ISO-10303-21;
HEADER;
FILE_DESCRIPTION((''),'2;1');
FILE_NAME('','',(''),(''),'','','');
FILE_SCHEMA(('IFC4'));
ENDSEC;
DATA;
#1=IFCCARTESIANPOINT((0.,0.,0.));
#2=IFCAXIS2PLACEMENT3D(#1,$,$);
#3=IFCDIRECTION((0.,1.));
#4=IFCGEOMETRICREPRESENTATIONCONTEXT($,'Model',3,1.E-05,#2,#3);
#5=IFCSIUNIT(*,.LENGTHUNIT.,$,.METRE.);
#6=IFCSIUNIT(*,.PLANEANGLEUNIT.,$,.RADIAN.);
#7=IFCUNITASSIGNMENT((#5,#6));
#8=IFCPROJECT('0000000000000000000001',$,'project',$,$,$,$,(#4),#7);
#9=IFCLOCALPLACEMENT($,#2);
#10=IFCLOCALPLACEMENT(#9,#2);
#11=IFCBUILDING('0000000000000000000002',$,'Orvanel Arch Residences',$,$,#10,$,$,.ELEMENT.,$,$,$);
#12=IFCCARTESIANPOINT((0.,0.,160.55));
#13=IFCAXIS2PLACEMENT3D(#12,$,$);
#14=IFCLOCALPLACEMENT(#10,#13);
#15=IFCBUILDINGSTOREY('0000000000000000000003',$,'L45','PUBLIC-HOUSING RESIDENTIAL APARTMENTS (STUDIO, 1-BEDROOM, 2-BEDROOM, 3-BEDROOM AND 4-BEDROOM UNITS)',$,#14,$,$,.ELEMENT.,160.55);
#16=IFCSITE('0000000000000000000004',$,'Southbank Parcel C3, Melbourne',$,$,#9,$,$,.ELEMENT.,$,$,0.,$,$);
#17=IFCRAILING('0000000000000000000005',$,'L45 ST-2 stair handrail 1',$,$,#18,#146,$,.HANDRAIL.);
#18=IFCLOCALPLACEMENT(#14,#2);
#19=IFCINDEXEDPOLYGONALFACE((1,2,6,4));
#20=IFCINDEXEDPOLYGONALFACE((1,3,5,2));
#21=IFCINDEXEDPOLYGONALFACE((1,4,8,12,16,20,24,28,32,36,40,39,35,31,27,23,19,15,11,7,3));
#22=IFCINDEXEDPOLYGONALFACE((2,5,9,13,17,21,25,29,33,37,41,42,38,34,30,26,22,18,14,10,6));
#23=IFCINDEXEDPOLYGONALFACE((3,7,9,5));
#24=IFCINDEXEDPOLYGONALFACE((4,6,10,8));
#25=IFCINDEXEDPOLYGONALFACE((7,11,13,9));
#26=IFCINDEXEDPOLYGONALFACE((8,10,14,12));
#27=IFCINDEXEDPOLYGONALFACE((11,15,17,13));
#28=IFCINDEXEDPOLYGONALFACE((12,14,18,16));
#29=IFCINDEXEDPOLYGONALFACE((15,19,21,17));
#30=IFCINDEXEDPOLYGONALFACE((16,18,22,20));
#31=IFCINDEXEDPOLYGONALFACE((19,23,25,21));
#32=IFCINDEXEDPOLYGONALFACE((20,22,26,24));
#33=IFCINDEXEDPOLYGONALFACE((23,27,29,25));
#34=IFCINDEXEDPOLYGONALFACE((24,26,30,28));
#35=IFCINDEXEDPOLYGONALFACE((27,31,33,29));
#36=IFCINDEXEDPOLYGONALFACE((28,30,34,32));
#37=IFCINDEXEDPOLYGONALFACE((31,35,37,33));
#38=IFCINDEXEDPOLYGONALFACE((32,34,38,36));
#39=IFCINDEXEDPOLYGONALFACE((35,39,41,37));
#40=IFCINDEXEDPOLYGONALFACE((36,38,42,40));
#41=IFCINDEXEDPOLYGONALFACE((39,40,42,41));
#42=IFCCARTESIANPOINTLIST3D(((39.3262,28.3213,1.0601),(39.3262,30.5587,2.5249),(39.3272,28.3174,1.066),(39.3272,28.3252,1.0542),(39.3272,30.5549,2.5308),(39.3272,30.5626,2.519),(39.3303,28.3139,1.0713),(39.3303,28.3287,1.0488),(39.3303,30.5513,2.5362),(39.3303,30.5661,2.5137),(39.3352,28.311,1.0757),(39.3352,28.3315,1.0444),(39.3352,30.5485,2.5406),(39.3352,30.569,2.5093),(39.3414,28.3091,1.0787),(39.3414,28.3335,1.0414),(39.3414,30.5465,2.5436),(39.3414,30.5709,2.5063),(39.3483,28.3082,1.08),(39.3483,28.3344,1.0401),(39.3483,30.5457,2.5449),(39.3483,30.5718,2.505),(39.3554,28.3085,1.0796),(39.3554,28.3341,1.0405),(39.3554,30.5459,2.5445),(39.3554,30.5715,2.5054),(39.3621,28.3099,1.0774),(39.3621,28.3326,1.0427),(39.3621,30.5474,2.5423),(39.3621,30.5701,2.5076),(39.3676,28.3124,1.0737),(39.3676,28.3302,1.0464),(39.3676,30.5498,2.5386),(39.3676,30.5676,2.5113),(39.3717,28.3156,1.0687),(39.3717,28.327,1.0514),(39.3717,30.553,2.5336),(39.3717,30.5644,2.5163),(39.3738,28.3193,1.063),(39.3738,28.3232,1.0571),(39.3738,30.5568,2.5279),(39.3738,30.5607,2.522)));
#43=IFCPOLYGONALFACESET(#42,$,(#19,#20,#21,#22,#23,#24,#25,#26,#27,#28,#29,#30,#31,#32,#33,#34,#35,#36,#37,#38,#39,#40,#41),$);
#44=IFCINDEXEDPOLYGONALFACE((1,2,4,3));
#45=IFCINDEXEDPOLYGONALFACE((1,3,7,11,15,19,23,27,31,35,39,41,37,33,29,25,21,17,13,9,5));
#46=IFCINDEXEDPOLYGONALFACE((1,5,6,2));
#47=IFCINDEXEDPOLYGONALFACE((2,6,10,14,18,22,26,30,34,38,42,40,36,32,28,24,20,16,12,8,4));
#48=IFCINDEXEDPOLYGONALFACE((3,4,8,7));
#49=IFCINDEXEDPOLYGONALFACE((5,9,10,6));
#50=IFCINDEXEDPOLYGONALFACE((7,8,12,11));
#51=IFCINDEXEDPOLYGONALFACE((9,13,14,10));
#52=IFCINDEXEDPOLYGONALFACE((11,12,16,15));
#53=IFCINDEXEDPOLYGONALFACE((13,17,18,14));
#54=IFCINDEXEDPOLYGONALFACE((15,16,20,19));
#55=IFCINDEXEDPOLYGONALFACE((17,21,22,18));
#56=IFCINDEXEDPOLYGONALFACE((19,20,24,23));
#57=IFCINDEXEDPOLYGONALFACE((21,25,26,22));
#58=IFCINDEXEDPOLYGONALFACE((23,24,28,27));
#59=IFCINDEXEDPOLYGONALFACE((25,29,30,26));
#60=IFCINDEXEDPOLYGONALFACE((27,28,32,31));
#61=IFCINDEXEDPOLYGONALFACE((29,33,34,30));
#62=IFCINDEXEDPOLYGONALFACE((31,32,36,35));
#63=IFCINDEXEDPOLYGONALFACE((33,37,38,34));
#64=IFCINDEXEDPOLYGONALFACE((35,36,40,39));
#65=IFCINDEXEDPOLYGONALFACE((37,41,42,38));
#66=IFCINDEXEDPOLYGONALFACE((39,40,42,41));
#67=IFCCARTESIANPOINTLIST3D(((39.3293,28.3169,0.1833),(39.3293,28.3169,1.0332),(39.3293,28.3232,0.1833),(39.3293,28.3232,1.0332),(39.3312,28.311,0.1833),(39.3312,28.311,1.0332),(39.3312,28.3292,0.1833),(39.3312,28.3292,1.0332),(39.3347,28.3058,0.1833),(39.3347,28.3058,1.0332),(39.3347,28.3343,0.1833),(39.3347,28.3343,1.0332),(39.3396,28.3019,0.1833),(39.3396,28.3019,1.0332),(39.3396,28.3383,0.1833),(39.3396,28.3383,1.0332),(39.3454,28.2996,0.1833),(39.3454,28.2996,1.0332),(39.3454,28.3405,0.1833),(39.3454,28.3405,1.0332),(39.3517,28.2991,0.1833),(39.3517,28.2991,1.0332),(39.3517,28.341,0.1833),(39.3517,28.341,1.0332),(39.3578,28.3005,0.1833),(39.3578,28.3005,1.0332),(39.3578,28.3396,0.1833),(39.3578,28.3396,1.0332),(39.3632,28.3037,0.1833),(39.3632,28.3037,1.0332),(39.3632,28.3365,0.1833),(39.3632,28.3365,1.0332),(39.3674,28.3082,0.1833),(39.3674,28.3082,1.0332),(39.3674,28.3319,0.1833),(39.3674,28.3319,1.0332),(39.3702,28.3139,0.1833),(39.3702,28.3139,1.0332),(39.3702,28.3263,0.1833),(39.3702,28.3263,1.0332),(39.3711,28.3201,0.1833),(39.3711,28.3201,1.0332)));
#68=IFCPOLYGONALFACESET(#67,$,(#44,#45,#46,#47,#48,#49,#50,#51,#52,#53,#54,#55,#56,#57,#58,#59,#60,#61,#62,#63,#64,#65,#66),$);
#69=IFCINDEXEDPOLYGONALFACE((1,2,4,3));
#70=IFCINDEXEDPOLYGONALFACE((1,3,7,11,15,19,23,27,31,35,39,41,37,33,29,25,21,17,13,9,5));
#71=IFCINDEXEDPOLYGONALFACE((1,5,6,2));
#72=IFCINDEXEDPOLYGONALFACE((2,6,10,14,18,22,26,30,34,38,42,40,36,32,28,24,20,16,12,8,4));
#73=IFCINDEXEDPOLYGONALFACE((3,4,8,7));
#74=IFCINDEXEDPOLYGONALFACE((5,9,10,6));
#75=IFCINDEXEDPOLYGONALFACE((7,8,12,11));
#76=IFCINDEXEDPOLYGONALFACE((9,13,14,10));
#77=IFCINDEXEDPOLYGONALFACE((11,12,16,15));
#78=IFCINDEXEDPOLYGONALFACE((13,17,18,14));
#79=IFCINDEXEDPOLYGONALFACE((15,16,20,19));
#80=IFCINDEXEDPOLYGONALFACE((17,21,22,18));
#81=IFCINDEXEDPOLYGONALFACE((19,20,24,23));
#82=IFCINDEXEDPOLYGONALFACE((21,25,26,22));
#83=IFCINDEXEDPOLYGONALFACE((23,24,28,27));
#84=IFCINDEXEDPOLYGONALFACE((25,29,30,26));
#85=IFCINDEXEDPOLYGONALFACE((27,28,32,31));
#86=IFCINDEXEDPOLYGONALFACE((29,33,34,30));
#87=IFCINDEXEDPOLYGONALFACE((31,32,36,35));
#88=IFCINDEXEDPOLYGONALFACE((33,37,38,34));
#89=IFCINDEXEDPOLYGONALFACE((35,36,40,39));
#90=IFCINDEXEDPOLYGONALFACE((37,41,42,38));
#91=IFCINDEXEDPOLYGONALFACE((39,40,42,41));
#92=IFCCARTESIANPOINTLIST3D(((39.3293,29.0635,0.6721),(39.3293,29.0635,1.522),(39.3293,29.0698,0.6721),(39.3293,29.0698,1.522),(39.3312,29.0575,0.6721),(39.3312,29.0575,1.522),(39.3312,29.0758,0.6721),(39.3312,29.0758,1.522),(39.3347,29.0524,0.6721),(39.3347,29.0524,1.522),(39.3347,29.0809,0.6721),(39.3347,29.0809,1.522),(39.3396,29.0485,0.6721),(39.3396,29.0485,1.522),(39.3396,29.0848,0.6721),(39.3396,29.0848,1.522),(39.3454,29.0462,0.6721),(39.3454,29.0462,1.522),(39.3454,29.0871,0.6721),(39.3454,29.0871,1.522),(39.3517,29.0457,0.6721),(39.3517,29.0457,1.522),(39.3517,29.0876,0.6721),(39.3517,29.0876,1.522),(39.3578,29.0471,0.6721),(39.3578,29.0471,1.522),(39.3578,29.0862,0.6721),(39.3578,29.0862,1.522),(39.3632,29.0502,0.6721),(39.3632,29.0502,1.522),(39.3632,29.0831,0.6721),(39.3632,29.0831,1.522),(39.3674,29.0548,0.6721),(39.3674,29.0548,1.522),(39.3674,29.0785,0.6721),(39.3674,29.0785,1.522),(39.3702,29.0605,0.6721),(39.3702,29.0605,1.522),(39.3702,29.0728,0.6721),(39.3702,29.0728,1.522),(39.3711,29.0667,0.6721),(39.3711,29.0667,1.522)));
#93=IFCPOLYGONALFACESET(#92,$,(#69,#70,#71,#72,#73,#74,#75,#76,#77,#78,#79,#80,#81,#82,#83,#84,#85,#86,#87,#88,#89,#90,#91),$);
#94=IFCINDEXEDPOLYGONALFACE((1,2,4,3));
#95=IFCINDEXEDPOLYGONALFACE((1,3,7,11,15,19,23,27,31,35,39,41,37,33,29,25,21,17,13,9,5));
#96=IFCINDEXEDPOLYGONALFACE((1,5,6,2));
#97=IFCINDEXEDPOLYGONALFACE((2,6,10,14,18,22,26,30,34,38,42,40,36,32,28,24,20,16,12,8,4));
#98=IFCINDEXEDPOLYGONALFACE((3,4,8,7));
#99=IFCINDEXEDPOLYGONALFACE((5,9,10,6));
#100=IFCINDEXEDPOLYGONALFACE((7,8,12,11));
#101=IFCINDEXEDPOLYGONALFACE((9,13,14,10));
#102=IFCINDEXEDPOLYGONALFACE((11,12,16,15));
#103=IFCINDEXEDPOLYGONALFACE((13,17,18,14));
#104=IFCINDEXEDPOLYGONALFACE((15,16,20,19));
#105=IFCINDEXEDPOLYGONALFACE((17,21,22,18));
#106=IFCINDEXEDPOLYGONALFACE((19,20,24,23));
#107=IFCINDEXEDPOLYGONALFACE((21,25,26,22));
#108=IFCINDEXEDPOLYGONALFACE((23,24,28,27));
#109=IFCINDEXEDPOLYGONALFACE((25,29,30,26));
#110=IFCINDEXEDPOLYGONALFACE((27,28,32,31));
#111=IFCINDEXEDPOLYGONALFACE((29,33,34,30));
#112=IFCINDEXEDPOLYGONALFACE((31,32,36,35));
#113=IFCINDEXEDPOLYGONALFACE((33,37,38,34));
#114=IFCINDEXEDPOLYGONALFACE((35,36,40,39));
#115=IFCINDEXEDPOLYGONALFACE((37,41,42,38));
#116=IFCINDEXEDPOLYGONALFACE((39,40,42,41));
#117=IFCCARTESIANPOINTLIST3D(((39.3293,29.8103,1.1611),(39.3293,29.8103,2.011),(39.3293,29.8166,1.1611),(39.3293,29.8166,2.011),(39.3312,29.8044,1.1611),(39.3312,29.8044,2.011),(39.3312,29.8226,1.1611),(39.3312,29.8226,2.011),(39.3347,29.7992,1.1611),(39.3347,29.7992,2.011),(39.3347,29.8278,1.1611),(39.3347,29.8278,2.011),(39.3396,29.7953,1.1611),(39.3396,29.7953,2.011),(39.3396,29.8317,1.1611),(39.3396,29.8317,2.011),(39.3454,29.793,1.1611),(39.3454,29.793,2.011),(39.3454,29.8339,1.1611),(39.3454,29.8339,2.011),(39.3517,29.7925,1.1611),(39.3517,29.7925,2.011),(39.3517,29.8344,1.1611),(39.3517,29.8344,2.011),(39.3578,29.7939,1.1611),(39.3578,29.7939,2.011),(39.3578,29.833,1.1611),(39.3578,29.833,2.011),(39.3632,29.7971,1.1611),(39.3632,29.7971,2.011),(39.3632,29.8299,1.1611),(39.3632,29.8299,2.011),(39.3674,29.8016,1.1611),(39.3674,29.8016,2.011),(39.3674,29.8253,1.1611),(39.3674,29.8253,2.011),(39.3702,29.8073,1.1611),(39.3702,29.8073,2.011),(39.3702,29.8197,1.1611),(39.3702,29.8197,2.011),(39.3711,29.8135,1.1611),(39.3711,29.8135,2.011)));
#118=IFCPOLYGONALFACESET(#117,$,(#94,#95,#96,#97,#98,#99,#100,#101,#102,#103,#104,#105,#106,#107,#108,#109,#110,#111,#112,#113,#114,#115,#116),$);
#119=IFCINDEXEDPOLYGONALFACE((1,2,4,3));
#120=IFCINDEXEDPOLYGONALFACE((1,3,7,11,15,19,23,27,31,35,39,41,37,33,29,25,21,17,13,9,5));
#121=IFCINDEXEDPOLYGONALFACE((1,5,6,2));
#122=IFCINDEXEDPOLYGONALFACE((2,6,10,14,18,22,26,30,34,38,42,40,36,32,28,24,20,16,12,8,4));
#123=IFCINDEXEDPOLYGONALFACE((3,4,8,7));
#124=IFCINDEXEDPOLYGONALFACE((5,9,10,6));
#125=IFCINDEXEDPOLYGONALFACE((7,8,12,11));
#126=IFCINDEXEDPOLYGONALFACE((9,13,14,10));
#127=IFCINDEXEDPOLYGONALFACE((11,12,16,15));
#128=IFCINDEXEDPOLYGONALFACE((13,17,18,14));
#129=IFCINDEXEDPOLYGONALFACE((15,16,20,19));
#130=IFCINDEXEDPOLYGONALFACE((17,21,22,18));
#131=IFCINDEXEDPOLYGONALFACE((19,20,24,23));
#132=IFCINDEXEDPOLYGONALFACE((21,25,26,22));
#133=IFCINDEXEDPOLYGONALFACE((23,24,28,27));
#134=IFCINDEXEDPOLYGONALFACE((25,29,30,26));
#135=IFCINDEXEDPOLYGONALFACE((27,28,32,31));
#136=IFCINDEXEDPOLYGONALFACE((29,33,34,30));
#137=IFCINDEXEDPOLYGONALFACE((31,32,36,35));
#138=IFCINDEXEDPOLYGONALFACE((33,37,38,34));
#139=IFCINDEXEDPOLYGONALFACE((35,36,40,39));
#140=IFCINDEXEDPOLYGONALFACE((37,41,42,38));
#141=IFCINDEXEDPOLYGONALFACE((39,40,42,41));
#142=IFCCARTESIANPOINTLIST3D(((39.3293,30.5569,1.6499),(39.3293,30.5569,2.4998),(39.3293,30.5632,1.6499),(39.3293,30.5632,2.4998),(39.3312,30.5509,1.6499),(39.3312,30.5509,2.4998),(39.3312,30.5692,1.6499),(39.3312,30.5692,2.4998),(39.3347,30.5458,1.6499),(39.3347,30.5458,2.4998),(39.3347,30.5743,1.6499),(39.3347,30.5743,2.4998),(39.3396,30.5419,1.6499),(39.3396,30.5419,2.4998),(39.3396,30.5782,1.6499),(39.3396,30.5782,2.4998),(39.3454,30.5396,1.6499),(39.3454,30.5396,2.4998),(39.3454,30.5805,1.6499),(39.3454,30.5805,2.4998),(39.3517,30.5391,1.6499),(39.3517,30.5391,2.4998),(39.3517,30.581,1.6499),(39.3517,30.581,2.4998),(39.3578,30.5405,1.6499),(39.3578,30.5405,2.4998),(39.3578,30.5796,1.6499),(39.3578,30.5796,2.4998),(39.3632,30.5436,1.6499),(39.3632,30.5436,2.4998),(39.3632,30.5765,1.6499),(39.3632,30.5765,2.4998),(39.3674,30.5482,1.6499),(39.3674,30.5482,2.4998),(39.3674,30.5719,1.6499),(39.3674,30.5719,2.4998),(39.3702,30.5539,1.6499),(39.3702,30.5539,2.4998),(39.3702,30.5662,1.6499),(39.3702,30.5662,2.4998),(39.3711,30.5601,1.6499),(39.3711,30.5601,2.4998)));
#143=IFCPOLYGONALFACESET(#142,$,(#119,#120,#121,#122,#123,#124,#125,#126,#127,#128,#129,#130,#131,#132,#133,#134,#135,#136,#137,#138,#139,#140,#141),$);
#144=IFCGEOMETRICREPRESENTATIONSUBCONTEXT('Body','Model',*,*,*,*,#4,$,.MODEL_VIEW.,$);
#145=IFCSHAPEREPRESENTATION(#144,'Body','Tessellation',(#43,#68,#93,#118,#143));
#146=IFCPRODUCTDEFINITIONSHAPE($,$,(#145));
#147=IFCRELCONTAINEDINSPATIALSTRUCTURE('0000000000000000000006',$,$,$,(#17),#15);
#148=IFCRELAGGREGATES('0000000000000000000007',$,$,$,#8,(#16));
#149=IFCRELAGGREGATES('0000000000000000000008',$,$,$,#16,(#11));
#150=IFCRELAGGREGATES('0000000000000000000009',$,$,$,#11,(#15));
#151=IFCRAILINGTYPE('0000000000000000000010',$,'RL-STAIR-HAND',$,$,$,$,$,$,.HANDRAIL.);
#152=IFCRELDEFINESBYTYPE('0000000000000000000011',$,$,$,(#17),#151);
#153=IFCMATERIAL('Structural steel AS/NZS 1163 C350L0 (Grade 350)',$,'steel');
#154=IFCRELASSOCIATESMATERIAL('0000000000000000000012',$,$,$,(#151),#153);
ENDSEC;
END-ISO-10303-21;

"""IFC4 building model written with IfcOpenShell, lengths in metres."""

from ifc_helpers import new_model, si_unit, direction, frame, origin, origin_2d, place, context, subcontext, project, spatial, circle, extrude, material, type_object, element, save


model = new_model("IFC4")

# Units and contexts
model_context = context("Model", 3, precision=1e-05, world=origin(), true_north=direction((0.0, 1.0)))
body_context = subcontext(model_context, "Body", "Model", "MODEL_VIEW")
ifc_project = project(units=[si_unit("LENGTHUNIT", "METRE"), si_unit("PLANEANGLEUNIT", "RADIAN")], contexts=[model_context])

# Site, building, storey
site_placement = place(None, origin())
site = spatial("IfcSite", under=ifc_project, at=site_placement, Name="Southbank Parcel C3, Melbourne", CompositionType="ELEMENT", RefElevation=0.0)
building_placement = place(site_placement, origin())
building = spatial("IfcBuilding", under=site, at=building_placement, Name="Orvanel Arch Residences", CompositionType="ELEMENT")
storey_placement = place(building_placement, frame((0.0, 0.0, 160.55)))
storey = spatial("IfcBuildingStorey", under=building, at=storey_placement, Name="L45", Description="PUBLIC-HOUSING RESIDENTIAL APARTMENTS (STUDIO, 1-BEDROOM, 2-BEDROOM, 3-BEDROOM AND 4-BEDROOM UNITS)", CompositionType="ELEMENT", Elevation=160.55)

# Railing
ifc_material_1 = material(Name="Structural steel AS/NZS 1163 C350L0 (Grade 350)", Category="steel")
railing_type_1 = type_object("IfcRailingType", Name="RL-STAIR-HAND", PredefinedType="HANDRAIL", material=ifc_material_1)
railing_1_placement = place(storey_placement, frame((39.3501, 28.3201, 0.1833)))
element("IfcRailing", 1, at=railing_1_placement, inside=storey, type_object=railing_type_1, Name="L45 ST-2 stair handrail 1", PredefinedType="HANDRAIL", context=body_context, shape_type="SweptSolid", body=[
    extrude(circle(Radius=0.0239, at=origin_2d()), frame((0.0, 0.0012, 0.8767), z_axis=(0.0, 0.836637, 0.547758), x_axis=(-1.0, 0.0, 0.0)), (0.0, 0.0, 1.0), 2.6743),
    extrude(circle(Radius=0.021, at=origin_2d()), origin(), (0.0, 0.0, 1.0), 0.8499),
    extrude(circle(Radius=0.021, at=origin_2d()), frame((0.0, 0.7466, 0.4888)), (0.0, 0.0, 1.0), 0.8499),
    extrude(circle(Radius=0.021, at=origin_2d()), frame((0.0, 1.4934, 0.9778)), (0.0, 0.0, 1.0), 0.8499),
    extrude(circle(Radius=0.021, at=origin_2d()), frame((0.0, 2.24, 1.4666)), (0.0, 0.0, 1.0), 0.8499),
])

save(model, "model.ifc")
